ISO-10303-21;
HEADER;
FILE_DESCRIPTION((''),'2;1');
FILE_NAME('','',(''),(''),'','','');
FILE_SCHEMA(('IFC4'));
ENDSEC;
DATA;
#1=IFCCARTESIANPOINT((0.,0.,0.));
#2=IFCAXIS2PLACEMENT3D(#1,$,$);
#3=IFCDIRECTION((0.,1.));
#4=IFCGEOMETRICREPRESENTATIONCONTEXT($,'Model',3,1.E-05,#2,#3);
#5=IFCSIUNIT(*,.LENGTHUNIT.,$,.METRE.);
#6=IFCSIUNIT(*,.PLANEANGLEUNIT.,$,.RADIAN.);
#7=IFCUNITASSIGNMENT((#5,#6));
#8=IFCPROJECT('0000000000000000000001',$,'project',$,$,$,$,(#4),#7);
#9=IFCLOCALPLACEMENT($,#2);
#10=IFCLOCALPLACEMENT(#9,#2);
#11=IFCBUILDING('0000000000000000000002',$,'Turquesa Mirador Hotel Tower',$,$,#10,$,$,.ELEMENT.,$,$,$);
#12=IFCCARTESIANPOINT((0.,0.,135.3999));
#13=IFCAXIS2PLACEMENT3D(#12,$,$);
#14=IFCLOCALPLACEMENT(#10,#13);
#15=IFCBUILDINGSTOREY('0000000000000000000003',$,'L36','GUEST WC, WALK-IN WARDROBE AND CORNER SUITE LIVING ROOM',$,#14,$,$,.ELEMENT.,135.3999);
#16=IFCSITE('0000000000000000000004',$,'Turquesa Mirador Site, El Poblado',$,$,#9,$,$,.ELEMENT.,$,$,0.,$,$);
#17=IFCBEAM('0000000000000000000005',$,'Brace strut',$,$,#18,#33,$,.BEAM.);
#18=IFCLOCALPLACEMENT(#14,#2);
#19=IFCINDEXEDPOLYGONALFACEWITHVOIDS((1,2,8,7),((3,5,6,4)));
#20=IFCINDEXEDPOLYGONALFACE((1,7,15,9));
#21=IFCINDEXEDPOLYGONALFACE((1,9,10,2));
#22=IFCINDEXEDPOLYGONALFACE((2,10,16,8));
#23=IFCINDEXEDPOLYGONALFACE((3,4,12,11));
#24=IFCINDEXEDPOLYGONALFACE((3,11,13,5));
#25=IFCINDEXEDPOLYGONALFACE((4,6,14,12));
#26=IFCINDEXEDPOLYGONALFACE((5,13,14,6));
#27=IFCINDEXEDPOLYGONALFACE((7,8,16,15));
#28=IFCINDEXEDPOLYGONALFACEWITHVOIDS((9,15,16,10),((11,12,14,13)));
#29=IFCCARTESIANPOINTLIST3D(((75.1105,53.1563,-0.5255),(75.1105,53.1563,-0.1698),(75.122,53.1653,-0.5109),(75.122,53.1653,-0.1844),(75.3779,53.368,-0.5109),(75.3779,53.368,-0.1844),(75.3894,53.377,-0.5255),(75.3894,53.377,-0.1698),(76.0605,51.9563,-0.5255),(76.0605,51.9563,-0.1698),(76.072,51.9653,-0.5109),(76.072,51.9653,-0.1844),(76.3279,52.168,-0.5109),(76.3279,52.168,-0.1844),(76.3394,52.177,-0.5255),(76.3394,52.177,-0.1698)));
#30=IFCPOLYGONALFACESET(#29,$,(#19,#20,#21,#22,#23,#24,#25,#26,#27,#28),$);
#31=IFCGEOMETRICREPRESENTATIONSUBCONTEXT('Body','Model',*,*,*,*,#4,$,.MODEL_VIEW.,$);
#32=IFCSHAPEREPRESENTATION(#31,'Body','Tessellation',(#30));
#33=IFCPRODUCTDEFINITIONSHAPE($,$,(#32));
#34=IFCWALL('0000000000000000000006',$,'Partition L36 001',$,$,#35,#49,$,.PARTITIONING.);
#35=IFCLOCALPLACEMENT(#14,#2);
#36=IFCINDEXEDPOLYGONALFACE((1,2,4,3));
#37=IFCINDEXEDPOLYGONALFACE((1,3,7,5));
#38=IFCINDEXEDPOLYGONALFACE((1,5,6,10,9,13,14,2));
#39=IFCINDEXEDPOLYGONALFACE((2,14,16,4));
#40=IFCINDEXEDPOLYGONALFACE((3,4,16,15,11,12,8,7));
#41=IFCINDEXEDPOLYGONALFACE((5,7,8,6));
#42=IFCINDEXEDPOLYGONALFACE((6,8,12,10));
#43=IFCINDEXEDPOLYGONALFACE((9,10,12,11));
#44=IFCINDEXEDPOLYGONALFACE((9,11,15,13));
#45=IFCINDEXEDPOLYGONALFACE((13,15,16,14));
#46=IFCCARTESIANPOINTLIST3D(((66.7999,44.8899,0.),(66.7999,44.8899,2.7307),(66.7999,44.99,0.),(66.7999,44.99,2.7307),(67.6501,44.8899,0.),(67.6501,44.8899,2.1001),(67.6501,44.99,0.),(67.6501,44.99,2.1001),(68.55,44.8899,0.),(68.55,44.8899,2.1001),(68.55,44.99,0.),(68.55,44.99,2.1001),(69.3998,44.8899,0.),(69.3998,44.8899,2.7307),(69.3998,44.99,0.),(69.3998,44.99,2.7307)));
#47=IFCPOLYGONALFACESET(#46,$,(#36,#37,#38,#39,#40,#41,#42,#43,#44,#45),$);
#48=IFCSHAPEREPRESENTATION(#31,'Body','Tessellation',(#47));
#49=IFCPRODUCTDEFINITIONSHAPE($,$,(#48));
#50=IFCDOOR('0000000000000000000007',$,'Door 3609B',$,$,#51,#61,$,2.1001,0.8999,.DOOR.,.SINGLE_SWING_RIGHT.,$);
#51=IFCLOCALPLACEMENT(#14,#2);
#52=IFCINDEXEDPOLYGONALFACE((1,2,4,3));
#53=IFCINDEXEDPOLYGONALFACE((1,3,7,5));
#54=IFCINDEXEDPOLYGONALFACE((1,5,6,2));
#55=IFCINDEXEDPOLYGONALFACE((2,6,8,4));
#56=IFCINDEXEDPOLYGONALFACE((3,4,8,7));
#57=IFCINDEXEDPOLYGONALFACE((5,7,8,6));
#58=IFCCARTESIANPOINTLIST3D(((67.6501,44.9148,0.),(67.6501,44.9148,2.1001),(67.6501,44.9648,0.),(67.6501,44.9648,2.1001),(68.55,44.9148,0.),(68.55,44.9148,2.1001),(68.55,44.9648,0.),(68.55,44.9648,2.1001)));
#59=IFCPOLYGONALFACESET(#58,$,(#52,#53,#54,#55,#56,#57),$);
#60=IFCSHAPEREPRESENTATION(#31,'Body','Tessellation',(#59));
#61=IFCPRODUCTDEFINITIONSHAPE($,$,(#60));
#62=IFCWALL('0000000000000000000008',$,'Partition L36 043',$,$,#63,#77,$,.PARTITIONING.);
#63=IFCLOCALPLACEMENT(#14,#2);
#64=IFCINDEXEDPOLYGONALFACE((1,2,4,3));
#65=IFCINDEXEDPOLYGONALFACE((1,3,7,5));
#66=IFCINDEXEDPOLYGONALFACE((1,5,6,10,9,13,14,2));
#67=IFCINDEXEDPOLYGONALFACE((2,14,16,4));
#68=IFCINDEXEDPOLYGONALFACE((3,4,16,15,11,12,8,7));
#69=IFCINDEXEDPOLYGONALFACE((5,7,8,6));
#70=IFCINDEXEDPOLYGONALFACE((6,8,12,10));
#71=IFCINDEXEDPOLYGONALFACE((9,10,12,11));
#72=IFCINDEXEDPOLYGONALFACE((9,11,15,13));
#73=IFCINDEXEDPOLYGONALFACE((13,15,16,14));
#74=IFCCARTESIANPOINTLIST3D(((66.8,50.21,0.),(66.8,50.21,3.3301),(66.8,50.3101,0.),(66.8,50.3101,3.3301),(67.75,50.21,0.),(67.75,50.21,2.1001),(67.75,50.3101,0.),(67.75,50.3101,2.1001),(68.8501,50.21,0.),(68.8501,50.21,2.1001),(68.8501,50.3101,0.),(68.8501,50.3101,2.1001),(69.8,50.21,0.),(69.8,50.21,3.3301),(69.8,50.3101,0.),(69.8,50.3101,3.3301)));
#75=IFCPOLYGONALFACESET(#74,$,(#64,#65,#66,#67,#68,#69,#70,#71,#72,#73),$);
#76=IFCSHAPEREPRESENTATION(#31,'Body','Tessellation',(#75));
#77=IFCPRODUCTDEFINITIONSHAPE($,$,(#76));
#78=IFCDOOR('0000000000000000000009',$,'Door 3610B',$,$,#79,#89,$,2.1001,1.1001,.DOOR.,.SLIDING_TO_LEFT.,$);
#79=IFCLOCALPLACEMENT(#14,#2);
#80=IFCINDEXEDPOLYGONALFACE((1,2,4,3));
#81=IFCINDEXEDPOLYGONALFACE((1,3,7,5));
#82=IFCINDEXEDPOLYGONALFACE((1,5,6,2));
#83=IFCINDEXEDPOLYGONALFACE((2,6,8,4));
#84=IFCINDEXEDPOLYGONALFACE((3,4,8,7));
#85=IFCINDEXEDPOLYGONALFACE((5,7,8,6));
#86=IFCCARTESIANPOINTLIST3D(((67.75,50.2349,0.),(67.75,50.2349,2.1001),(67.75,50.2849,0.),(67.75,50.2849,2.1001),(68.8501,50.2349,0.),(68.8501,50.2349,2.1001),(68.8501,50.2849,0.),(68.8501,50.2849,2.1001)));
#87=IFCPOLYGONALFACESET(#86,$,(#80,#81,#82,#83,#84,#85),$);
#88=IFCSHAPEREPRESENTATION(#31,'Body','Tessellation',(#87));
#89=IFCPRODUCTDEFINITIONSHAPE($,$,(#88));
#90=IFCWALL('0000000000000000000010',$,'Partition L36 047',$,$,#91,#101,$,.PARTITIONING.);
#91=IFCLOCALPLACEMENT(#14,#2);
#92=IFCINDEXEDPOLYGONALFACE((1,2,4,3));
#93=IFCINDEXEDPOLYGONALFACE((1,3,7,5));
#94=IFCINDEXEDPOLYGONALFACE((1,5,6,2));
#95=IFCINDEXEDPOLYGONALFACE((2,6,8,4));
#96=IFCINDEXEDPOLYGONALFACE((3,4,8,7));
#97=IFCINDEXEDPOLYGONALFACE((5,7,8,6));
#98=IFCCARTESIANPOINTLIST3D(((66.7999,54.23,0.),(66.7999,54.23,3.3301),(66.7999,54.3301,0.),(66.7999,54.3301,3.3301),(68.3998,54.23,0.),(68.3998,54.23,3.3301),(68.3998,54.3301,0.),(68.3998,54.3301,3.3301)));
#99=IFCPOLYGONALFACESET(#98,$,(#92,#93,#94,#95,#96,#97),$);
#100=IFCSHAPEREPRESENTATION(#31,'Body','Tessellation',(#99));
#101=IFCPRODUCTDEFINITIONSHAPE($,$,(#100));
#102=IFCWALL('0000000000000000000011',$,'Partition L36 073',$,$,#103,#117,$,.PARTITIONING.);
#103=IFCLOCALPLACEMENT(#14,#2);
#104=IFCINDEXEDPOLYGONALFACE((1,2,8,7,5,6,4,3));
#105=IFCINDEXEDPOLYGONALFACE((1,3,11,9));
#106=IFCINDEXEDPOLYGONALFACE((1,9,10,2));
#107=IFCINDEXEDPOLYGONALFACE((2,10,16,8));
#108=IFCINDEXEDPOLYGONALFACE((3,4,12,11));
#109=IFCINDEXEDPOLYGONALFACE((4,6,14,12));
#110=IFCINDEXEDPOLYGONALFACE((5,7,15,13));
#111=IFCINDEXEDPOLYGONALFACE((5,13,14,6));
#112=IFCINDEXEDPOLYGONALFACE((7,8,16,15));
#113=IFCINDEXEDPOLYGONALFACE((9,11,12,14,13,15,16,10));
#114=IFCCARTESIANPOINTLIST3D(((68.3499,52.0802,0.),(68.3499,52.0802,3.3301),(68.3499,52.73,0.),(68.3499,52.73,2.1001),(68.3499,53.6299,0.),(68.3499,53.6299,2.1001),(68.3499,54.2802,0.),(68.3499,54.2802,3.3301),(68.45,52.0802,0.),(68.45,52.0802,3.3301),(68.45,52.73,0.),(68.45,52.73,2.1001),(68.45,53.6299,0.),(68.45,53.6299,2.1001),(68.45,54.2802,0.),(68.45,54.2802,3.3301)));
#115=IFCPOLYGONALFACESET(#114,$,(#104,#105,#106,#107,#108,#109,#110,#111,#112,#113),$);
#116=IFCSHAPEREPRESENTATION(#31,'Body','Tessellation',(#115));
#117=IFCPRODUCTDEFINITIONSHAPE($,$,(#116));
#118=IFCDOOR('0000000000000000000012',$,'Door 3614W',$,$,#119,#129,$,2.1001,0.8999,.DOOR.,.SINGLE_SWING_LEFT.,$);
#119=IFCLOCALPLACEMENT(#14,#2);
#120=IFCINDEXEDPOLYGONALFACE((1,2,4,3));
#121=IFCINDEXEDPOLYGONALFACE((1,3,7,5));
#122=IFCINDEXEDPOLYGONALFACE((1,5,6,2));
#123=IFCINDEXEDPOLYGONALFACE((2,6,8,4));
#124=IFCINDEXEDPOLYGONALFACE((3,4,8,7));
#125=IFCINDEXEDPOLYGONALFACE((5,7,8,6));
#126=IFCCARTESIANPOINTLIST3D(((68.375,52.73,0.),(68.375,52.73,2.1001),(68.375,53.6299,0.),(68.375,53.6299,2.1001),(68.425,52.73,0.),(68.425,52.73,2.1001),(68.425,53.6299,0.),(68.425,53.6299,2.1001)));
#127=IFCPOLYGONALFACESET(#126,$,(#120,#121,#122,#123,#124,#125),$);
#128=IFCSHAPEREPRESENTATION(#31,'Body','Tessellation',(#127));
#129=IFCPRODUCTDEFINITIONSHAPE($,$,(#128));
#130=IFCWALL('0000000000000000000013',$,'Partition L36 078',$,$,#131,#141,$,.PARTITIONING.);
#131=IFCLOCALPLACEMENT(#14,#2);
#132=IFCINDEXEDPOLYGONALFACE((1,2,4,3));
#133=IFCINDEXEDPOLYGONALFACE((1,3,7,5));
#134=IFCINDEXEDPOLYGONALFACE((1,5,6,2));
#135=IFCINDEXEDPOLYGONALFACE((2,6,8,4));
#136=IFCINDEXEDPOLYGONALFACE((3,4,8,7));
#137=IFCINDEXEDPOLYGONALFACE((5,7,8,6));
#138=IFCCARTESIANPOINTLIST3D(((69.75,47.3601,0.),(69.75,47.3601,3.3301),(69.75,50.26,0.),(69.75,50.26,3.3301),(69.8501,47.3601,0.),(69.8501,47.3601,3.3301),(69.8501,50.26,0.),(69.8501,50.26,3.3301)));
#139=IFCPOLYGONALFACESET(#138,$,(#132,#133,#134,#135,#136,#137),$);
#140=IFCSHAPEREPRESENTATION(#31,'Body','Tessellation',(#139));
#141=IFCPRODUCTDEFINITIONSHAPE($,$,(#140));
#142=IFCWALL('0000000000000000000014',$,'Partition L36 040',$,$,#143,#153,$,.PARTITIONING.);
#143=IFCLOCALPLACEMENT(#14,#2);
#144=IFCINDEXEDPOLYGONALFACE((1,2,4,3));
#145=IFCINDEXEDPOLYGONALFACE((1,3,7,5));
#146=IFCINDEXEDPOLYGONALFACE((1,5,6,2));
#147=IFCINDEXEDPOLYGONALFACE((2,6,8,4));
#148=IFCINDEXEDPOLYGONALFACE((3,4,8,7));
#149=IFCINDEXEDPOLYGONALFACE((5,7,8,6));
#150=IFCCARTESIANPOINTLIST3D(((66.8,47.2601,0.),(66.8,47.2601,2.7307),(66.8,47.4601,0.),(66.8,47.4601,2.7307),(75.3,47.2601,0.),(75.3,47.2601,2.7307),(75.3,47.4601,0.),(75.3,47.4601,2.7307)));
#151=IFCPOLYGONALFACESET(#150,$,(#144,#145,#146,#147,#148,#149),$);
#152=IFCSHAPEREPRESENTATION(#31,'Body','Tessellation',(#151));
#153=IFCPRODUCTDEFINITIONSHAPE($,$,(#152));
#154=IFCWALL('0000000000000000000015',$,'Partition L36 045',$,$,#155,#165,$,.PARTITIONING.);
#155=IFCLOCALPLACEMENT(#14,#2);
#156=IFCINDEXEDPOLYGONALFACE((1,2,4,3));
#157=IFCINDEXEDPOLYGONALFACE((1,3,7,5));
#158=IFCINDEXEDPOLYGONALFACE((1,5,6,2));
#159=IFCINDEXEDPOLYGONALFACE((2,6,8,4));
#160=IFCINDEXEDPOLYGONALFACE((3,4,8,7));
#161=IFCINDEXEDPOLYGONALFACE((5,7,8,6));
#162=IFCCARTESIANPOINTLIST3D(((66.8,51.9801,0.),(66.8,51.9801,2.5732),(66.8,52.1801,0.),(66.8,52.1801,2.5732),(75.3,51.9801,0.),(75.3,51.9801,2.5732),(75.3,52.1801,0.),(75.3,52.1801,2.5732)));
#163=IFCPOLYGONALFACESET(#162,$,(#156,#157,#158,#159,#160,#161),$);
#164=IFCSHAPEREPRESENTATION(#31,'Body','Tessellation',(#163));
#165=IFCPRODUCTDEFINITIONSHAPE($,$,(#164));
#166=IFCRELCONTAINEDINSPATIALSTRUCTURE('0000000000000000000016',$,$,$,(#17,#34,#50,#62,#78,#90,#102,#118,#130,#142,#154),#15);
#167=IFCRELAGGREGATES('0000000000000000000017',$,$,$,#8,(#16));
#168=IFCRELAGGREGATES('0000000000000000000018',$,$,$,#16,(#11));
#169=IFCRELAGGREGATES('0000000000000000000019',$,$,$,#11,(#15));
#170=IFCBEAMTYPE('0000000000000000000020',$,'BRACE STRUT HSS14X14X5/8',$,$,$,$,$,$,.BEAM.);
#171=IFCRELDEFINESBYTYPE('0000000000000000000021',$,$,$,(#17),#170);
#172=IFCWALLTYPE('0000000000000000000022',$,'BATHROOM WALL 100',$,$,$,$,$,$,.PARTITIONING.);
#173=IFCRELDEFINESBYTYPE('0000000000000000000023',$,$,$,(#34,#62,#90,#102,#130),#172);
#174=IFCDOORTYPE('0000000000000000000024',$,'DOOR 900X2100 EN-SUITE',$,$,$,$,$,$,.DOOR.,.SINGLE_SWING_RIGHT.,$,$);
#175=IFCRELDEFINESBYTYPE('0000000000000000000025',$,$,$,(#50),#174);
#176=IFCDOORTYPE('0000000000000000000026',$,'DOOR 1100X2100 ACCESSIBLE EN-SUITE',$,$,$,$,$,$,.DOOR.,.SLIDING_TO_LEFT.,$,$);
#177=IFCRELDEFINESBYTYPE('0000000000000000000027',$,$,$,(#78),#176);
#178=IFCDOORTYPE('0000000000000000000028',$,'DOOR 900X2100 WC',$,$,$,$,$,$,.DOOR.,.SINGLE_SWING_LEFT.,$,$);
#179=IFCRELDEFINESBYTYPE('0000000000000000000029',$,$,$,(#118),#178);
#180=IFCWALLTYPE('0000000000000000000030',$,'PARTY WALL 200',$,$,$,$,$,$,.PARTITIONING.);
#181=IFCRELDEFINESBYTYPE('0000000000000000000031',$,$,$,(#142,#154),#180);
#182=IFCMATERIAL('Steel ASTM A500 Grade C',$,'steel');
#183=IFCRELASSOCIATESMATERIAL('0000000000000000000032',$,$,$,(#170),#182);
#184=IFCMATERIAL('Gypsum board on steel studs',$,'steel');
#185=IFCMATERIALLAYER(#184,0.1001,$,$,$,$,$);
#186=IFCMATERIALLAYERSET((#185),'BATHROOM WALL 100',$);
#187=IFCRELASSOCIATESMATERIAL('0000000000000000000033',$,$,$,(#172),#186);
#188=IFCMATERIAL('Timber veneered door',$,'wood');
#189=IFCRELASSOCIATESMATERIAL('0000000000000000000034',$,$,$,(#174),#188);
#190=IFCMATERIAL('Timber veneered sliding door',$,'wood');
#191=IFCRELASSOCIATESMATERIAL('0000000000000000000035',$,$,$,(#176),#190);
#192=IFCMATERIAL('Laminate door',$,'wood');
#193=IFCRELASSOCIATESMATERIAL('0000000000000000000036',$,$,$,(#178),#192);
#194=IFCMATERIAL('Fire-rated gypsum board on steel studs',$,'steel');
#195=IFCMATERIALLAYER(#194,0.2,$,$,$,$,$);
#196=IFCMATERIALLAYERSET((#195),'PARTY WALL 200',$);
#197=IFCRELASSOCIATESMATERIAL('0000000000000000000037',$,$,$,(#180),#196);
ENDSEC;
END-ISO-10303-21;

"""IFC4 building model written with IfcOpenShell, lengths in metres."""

from ifc_helpers import new_model, si_unit, direction, frame, frame_2d, origin, origin_2d, place, context, subcontext, project, spatial, rectangle, hollow_rectangle, extrude, material, layer, layer_set, material_profile, profile_set, type_object, element, fill, save


model = new_model("IFC4")

# Units and contexts
model_context = context("Model", 3, precision=1e-05, world=origin(), true_north=direction((0.0, 1.0)))
body_context = subcontext(model_context, "Body", "Model", "MODEL_VIEW")
ifc_project = project(units=[si_unit("LENGTHUNIT", "METRE"), si_unit("PLANEANGLEUNIT", "RADIAN")], contexts=[model_context])

# Site, building, storey
site_placement = place(None, origin())
site = spatial("IfcSite", under=ifc_project, at=site_placement, Name="Turquesa Mirador Site, El Poblado", CompositionType="ELEMENT", RefElevation=0.0)
building_placement = place(site_placement, origin())
building = spatial("IfcBuilding", under=site, at=building_placement, Name="Turquesa Mirador Hotel Tower", CompositionType="ELEMENT")
storey_placement = place(building_placement, frame((0.0, 0.0, 135.3999)))
storey = spatial("IfcBuildingStorey", under=building, at=storey_placement, Name="L36", Description="GUEST WC, WALK-IN WARDROBE AND CORNER SUITE LIVING ROOM", CompositionType="ELEMENT", Elevation=135.3999)

# Beam
ifc_material_1 = material(Name="Steel ASTM A500 Grade C", Category="steel")
ifc_material_profile_1 = material_profile(ifc_material_1, hollow_rectangle(XDim=0.3557, YDim=0.3557, WallThickness=0.0146, at=origin_2d()), Name="HSS14X14X5/8")
ifc_profile_set_1 = profile_set([ifc_material_profile_1], Name="Steel ASTM A500 Grade C")
beam_type_1 = type_object("IfcBeamType", Name="BRACE STRUT HSS14X14X5/8", PredefinedType="BEAM", material=ifc_profile_set_1)
for number, where, z_axis, x_axis, name in (
    (1, (76.2, 52.0667, -0.3477), (-0.620699, 0.784049, 0.0), (-0.784049, -0.620699, 0.0), "Brace strut"),
):
    element("IfcBeam", number, at=place(storey_placement, frame(where, z_axis=z_axis, x_axis=x_axis)), inside=storey, type_object=beam_type_1, Name=name, PredefinedType="BEAM", context=body_context, shape_type="SweptSolid", body=[
        extrude(hollow_rectangle(XDim=0.3557, YDim=0.3557, WallThickness=0.0146, at=origin_2d()), origin(), (0.0, 0.0, 1.0), 1.5305),
    ])

# Walls, openings, doors
ifc_material_2 = material(Name="Gypsum board on steel studs", Category="steel")
ifc_layer_1 = layer(ifc_material_2, 0.1001)
ifc_layer_set_1 = layer_set([ifc_layer_1], Name="BATHROOM WALL 100")
wall_type_1 = type_object("IfcWallType", Name="BATHROOM WALL 100", PredefinedType="PARTITIONING", material=ifc_layer_set_1)
wall_1_placement = place(storey_placement, frame((66.8, 44.9399, 0.0), z_axis=(0.0, 0.0, 1.0), x_axis=(1.0, 0.0, 0.0)))
wall_1 = element("IfcWall", 2, at=wall_1_placement, inside=storey, type_object=wall_type_1, Name="Partition L36 001", PredefinedType="PARTITIONING", context=body_context, shape_type="SweptSolid", body=[
    extrude(rectangle(XDim=2.5999, YDim=0.1001, at=frame_2d((1.2998, 0.0))), origin(), (0.0, 0.0, 1.0), 2.7307),
])
opening_1_placement = place(wall_1_placement, frame((0.8501, 0.0, 0.0)))
opening_1 = element("IfcOpeningElement", 3, at=opening_1_placement, cuts=wall_1, PredefinedType="OPENING", context=body_context, shape_type="SweptSolid", body=[
    extrude(rectangle(XDim=0.8999, YDim=2.1001, at=frame_2d((0.45, 1.05))), frame((0.0, 0.0601, 0.0), z_axis=(0.0, -1.0, 0.0), x_axis=(1.0, 0.0, 0.0)), (0.0, 0.0, 1.0), 0.1201),
])
ifc_material_3 = material(Name="Timber veneered door", Category="wood")
door_type_1 = type_object("IfcDoorType", Name="DOOR 900X2100 EN-SUITE", OperationType="SINGLE_SWING_RIGHT", PredefinedType="DOOR", material=ifc_material_3)
door_1_placement = place(opening_1_placement, origin())
door_1 = element("IfcDoor", 4, at=door_1_placement, inside=storey, type_object=door_type_1, Name="Door 3609B", OperationType="SINGLE_SWING_RIGHT", OverallHeight=2.1001, OverallWidth=0.8999, PredefinedType="DOOR", context=body_context, shape_type="SweptSolid", body=[
    extrude(rectangle(XDim=0.8999, YDim=2.1001, at=frame_2d((0.45, 1.05))), frame((0.0, 0.0249, 0.0), z_axis=(0.0, -1.0, 0.0), x_axis=(1.0, 0.0, 0.0)), (0.0, 0.0, 1.0), 0.05),
])
fill(opening_1, door_1)
wall_2_placement = place(storey_placement, frame((66.8, 50.26, 0.0), z_axis=(0.0, 0.0, 1.0), x_axis=(1.0, 0.0, 0.0)))
wall_2 = element("IfcWall", 5, at=wall_2_placement, inside=storey, type_object=wall_type_1, Name="Partition L36 043", PredefinedType="PARTITIONING", context=body_context, shape_type="SweptSolid", body=[
    extrude(rectangle(XDim=3.0, YDim=0.1001, at=frame_2d((1.5, 0.0))), origin(), (0.0, 0.0, 1.0), 3.3301),
])
opening_2_placement = place(wall_2_placement, frame((0.95, 0.0, 0.0)))
opening_2 = element("IfcOpeningElement", 6, at=opening_2_placement, cuts=wall_2, PredefinedType="OPENING", context=body_context, shape_type="SweptSolid", body=[
    extrude(rectangle(XDim=1.1001, YDim=2.1001, at=frame_2d((0.55, 1.05))), frame((0.0, 0.0601, 0.0), z_axis=(0.0, -1.0, 0.0), x_axis=(1.0, 0.0, 0.0)), (0.0, 0.0, 1.0), 0.1201),
])
ifc_material_4 = material(Name="Timber veneered sliding door", Category="wood")
door_type_2 = type_object("IfcDoorType", Name="DOOR 1100X2100 ACCESSIBLE EN-SUITE", OperationType="SLIDING_TO_LEFT", PredefinedType="DOOR", material=ifc_material_4)
door_2_placement = place(opening_2_placement, origin())
door_2 = element("IfcDoor", 7, at=door_2_placement, inside=storey, type_object=door_type_2, Name="Door 3610B", OperationType="SLIDING_TO_LEFT", OverallHeight=2.1001, OverallWidth=1.1001, PredefinedType="DOOR", context=body_context, shape_type="SweptSolid", body=[
    extrude(rectangle(XDim=1.1001, YDim=2.1001, at=frame_2d((0.55, 1.05))), frame((0.0, 0.0249, 0.0), z_axis=(0.0, -1.0, 0.0), x_axis=(1.0, 0.0, 0.0)), (0.0, 0.0, 1.0), 0.05),
])
fill(opening_2, door_2)

# Wall
wall_3_placement = place(storey_placement, frame((66.8, 54.28, 0.0), z_axis=(0.0, 0.0, 1.0), x_axis=(1.0, 0.0, 0.0)))
element("IfcWall", 8, at=wall_3_placement, inside=storey, type_object=wall_type_1, Name="Partition L36 047", PredefinedType="PARTITIONING", context=body_context, shape_type="SweptSolid", body=[
    extrude(rectangle(XDim=1.5999, YDim=0.1001, at=frame_2d((0.7998, 0.0))), origin(), (0.0, 0.0, 1.0), 3.3301),
])

# Wall, opening, door
wall_4_placement = place(storey_placement, frame((68.3999, 52.0801, 0.0), z_axis=(0.0, 0.0, 1.0), x_axis=(0.0, 1.0, 0.0)))
wall_4 = element("IfcWall", 9, at=wall_4_placement, inside=storey, type_object=wall_type_1, Name="Partition L36 073", PredefinedType="PARTITIONING", context=body_context, shape_type="SweptSolid", body=[
    extrude(rectangle(XDim=2.2, YDim=0.1001, at=frame_2d((1.1001, 0.0))), origin(), (0.0, 0.0, 1.0), 3.3301),
])
opening_3_placement = place(wall_4_placement, frame((0.6499, 0.0, 0.0)))
opening_3 = element("IfcOpeningElement", 10, at=opening_3_placement, cuts=wall_4, PredefinedType="OPENING", context=body_context, shape_type="SweptSolid", body=[
    extrude(rectangle(XDim=0.8999, YDim=2.1001, at=frame_2d((0.45, 1.05))), frame((0.0, 0.0601, 0.0), z_axis=(0.0, -1.0, 0.0), x_axis=(1.0, 0.0, 0.0)), (0.0, 0.0, 1.0), 0.1201),
])
ifc_material_5 = material(Name="Laminate door", Category="wood")
door_type_3 = type_object("IfcDoorType", Name="DOOR 900X2100 WC", OperationType="SINGLE_SWING_LEFT", PredefinedType="DOOR", material=ifc_material_5)
door_3_placement = place(opening_3_placement, origin())
door_3 = element("IfcDoor", 11, at=door_3_placement, inside=storey, type_object=door_type_3, Name="Door 3614W", OperationType="SINGLE_SWING_LEFT", OverallHeight=2.1001, OverallWidth=0.8999, PredefinedType="DOOR", context=body_context, shape_type="SweptSolid", body=[
    extrude(rectangle(XDim=0.8999, YDim=2.1001, at=frame_2d((0.45, 1.05))), frame((0.0, 0.0249, 0.0), z_axis=(0.0, -1.0, 0.0), x_axis=(1.0, 0.0, 0.0)), (0.0, 0.0, 1.0), 0.05),
])
fill(opening_3, door_3)

# Walls
wall_5_placement = place(storey_placement, frame((69.8, 47.3601, 0.0), z_axis=(0.0, 0.0, 1.0), x_axis=(0.0, 1.0, 0.0)))
element("IfcWall", 12, at=wall_5_placement, inside=storey, type_object=wall_type_1, Name="Partition L36 078", PredefinedType="PARTITIONING", context=body_context, shape_type="SweptSolid", body=[
    extrude(rectangle(XDim=2.8999, YDim=0.1001, at=frame_2d((1.45, 0.0))), origin(), (0.0, 0.0, 1.0), 3.3301),
])
ifc_material_6 = material(Name="Fire-rated gypsum board on steel studs", Category="steel")
ifc_layer_2 = layer(ifc_material_6, 0.2)
ifc_layer_set_2 = layer_set([ifc_layer_2], Name="PARTY WALL 200")
wall_type_2 = type_object("IfcWallType", Name="PARTY WALL 200", PredefinedType="PARTITIONING", material=ifc_layer_set_2)
wall_6_placement = place(storey_placement, frame((66.8, 47.3601, 0.0), z_axis=(0.0, 0.0, 1.0), x_axis=(1.0, 0.0, 0.0)))
element("IfcWall", 13, at=wall_6_placement, inside=storey, type_object=wall_type_2, Name="Partition L36 040", PredefinedType="PARTITIONING", context=body_context, shape_type="SweptSolid", body=[
    extrude(rectangle(XDim=8.5, YDim=0.2, at=frame_2d((4.25, 0.0))), origin(), (0.0, 0.0, 1.0), 2.7307),
])
wall_7_placement = place(storey_placement, frame((66.8, 52.0801, 0.0), z_axis=(0.0, 0.0, 1.0), x_axis=(1.0, 0.0, 0.0)))
element("IfcWall", 14, at=wall_7_placement, inside=storey, type_object=wall_type_2, Name="Partition L36 045", PredefinedType="PARTITIONING", context=body_context, shape_type="SweptSolid", body=[
    extrude(rectangle(XDim=8.5, YDim=0.2, at=frame_2d((4.25, 0.0))), origin(), (0.0, 0.0, 1.0), 2.5732),
])

save(model, "model.ifc")
